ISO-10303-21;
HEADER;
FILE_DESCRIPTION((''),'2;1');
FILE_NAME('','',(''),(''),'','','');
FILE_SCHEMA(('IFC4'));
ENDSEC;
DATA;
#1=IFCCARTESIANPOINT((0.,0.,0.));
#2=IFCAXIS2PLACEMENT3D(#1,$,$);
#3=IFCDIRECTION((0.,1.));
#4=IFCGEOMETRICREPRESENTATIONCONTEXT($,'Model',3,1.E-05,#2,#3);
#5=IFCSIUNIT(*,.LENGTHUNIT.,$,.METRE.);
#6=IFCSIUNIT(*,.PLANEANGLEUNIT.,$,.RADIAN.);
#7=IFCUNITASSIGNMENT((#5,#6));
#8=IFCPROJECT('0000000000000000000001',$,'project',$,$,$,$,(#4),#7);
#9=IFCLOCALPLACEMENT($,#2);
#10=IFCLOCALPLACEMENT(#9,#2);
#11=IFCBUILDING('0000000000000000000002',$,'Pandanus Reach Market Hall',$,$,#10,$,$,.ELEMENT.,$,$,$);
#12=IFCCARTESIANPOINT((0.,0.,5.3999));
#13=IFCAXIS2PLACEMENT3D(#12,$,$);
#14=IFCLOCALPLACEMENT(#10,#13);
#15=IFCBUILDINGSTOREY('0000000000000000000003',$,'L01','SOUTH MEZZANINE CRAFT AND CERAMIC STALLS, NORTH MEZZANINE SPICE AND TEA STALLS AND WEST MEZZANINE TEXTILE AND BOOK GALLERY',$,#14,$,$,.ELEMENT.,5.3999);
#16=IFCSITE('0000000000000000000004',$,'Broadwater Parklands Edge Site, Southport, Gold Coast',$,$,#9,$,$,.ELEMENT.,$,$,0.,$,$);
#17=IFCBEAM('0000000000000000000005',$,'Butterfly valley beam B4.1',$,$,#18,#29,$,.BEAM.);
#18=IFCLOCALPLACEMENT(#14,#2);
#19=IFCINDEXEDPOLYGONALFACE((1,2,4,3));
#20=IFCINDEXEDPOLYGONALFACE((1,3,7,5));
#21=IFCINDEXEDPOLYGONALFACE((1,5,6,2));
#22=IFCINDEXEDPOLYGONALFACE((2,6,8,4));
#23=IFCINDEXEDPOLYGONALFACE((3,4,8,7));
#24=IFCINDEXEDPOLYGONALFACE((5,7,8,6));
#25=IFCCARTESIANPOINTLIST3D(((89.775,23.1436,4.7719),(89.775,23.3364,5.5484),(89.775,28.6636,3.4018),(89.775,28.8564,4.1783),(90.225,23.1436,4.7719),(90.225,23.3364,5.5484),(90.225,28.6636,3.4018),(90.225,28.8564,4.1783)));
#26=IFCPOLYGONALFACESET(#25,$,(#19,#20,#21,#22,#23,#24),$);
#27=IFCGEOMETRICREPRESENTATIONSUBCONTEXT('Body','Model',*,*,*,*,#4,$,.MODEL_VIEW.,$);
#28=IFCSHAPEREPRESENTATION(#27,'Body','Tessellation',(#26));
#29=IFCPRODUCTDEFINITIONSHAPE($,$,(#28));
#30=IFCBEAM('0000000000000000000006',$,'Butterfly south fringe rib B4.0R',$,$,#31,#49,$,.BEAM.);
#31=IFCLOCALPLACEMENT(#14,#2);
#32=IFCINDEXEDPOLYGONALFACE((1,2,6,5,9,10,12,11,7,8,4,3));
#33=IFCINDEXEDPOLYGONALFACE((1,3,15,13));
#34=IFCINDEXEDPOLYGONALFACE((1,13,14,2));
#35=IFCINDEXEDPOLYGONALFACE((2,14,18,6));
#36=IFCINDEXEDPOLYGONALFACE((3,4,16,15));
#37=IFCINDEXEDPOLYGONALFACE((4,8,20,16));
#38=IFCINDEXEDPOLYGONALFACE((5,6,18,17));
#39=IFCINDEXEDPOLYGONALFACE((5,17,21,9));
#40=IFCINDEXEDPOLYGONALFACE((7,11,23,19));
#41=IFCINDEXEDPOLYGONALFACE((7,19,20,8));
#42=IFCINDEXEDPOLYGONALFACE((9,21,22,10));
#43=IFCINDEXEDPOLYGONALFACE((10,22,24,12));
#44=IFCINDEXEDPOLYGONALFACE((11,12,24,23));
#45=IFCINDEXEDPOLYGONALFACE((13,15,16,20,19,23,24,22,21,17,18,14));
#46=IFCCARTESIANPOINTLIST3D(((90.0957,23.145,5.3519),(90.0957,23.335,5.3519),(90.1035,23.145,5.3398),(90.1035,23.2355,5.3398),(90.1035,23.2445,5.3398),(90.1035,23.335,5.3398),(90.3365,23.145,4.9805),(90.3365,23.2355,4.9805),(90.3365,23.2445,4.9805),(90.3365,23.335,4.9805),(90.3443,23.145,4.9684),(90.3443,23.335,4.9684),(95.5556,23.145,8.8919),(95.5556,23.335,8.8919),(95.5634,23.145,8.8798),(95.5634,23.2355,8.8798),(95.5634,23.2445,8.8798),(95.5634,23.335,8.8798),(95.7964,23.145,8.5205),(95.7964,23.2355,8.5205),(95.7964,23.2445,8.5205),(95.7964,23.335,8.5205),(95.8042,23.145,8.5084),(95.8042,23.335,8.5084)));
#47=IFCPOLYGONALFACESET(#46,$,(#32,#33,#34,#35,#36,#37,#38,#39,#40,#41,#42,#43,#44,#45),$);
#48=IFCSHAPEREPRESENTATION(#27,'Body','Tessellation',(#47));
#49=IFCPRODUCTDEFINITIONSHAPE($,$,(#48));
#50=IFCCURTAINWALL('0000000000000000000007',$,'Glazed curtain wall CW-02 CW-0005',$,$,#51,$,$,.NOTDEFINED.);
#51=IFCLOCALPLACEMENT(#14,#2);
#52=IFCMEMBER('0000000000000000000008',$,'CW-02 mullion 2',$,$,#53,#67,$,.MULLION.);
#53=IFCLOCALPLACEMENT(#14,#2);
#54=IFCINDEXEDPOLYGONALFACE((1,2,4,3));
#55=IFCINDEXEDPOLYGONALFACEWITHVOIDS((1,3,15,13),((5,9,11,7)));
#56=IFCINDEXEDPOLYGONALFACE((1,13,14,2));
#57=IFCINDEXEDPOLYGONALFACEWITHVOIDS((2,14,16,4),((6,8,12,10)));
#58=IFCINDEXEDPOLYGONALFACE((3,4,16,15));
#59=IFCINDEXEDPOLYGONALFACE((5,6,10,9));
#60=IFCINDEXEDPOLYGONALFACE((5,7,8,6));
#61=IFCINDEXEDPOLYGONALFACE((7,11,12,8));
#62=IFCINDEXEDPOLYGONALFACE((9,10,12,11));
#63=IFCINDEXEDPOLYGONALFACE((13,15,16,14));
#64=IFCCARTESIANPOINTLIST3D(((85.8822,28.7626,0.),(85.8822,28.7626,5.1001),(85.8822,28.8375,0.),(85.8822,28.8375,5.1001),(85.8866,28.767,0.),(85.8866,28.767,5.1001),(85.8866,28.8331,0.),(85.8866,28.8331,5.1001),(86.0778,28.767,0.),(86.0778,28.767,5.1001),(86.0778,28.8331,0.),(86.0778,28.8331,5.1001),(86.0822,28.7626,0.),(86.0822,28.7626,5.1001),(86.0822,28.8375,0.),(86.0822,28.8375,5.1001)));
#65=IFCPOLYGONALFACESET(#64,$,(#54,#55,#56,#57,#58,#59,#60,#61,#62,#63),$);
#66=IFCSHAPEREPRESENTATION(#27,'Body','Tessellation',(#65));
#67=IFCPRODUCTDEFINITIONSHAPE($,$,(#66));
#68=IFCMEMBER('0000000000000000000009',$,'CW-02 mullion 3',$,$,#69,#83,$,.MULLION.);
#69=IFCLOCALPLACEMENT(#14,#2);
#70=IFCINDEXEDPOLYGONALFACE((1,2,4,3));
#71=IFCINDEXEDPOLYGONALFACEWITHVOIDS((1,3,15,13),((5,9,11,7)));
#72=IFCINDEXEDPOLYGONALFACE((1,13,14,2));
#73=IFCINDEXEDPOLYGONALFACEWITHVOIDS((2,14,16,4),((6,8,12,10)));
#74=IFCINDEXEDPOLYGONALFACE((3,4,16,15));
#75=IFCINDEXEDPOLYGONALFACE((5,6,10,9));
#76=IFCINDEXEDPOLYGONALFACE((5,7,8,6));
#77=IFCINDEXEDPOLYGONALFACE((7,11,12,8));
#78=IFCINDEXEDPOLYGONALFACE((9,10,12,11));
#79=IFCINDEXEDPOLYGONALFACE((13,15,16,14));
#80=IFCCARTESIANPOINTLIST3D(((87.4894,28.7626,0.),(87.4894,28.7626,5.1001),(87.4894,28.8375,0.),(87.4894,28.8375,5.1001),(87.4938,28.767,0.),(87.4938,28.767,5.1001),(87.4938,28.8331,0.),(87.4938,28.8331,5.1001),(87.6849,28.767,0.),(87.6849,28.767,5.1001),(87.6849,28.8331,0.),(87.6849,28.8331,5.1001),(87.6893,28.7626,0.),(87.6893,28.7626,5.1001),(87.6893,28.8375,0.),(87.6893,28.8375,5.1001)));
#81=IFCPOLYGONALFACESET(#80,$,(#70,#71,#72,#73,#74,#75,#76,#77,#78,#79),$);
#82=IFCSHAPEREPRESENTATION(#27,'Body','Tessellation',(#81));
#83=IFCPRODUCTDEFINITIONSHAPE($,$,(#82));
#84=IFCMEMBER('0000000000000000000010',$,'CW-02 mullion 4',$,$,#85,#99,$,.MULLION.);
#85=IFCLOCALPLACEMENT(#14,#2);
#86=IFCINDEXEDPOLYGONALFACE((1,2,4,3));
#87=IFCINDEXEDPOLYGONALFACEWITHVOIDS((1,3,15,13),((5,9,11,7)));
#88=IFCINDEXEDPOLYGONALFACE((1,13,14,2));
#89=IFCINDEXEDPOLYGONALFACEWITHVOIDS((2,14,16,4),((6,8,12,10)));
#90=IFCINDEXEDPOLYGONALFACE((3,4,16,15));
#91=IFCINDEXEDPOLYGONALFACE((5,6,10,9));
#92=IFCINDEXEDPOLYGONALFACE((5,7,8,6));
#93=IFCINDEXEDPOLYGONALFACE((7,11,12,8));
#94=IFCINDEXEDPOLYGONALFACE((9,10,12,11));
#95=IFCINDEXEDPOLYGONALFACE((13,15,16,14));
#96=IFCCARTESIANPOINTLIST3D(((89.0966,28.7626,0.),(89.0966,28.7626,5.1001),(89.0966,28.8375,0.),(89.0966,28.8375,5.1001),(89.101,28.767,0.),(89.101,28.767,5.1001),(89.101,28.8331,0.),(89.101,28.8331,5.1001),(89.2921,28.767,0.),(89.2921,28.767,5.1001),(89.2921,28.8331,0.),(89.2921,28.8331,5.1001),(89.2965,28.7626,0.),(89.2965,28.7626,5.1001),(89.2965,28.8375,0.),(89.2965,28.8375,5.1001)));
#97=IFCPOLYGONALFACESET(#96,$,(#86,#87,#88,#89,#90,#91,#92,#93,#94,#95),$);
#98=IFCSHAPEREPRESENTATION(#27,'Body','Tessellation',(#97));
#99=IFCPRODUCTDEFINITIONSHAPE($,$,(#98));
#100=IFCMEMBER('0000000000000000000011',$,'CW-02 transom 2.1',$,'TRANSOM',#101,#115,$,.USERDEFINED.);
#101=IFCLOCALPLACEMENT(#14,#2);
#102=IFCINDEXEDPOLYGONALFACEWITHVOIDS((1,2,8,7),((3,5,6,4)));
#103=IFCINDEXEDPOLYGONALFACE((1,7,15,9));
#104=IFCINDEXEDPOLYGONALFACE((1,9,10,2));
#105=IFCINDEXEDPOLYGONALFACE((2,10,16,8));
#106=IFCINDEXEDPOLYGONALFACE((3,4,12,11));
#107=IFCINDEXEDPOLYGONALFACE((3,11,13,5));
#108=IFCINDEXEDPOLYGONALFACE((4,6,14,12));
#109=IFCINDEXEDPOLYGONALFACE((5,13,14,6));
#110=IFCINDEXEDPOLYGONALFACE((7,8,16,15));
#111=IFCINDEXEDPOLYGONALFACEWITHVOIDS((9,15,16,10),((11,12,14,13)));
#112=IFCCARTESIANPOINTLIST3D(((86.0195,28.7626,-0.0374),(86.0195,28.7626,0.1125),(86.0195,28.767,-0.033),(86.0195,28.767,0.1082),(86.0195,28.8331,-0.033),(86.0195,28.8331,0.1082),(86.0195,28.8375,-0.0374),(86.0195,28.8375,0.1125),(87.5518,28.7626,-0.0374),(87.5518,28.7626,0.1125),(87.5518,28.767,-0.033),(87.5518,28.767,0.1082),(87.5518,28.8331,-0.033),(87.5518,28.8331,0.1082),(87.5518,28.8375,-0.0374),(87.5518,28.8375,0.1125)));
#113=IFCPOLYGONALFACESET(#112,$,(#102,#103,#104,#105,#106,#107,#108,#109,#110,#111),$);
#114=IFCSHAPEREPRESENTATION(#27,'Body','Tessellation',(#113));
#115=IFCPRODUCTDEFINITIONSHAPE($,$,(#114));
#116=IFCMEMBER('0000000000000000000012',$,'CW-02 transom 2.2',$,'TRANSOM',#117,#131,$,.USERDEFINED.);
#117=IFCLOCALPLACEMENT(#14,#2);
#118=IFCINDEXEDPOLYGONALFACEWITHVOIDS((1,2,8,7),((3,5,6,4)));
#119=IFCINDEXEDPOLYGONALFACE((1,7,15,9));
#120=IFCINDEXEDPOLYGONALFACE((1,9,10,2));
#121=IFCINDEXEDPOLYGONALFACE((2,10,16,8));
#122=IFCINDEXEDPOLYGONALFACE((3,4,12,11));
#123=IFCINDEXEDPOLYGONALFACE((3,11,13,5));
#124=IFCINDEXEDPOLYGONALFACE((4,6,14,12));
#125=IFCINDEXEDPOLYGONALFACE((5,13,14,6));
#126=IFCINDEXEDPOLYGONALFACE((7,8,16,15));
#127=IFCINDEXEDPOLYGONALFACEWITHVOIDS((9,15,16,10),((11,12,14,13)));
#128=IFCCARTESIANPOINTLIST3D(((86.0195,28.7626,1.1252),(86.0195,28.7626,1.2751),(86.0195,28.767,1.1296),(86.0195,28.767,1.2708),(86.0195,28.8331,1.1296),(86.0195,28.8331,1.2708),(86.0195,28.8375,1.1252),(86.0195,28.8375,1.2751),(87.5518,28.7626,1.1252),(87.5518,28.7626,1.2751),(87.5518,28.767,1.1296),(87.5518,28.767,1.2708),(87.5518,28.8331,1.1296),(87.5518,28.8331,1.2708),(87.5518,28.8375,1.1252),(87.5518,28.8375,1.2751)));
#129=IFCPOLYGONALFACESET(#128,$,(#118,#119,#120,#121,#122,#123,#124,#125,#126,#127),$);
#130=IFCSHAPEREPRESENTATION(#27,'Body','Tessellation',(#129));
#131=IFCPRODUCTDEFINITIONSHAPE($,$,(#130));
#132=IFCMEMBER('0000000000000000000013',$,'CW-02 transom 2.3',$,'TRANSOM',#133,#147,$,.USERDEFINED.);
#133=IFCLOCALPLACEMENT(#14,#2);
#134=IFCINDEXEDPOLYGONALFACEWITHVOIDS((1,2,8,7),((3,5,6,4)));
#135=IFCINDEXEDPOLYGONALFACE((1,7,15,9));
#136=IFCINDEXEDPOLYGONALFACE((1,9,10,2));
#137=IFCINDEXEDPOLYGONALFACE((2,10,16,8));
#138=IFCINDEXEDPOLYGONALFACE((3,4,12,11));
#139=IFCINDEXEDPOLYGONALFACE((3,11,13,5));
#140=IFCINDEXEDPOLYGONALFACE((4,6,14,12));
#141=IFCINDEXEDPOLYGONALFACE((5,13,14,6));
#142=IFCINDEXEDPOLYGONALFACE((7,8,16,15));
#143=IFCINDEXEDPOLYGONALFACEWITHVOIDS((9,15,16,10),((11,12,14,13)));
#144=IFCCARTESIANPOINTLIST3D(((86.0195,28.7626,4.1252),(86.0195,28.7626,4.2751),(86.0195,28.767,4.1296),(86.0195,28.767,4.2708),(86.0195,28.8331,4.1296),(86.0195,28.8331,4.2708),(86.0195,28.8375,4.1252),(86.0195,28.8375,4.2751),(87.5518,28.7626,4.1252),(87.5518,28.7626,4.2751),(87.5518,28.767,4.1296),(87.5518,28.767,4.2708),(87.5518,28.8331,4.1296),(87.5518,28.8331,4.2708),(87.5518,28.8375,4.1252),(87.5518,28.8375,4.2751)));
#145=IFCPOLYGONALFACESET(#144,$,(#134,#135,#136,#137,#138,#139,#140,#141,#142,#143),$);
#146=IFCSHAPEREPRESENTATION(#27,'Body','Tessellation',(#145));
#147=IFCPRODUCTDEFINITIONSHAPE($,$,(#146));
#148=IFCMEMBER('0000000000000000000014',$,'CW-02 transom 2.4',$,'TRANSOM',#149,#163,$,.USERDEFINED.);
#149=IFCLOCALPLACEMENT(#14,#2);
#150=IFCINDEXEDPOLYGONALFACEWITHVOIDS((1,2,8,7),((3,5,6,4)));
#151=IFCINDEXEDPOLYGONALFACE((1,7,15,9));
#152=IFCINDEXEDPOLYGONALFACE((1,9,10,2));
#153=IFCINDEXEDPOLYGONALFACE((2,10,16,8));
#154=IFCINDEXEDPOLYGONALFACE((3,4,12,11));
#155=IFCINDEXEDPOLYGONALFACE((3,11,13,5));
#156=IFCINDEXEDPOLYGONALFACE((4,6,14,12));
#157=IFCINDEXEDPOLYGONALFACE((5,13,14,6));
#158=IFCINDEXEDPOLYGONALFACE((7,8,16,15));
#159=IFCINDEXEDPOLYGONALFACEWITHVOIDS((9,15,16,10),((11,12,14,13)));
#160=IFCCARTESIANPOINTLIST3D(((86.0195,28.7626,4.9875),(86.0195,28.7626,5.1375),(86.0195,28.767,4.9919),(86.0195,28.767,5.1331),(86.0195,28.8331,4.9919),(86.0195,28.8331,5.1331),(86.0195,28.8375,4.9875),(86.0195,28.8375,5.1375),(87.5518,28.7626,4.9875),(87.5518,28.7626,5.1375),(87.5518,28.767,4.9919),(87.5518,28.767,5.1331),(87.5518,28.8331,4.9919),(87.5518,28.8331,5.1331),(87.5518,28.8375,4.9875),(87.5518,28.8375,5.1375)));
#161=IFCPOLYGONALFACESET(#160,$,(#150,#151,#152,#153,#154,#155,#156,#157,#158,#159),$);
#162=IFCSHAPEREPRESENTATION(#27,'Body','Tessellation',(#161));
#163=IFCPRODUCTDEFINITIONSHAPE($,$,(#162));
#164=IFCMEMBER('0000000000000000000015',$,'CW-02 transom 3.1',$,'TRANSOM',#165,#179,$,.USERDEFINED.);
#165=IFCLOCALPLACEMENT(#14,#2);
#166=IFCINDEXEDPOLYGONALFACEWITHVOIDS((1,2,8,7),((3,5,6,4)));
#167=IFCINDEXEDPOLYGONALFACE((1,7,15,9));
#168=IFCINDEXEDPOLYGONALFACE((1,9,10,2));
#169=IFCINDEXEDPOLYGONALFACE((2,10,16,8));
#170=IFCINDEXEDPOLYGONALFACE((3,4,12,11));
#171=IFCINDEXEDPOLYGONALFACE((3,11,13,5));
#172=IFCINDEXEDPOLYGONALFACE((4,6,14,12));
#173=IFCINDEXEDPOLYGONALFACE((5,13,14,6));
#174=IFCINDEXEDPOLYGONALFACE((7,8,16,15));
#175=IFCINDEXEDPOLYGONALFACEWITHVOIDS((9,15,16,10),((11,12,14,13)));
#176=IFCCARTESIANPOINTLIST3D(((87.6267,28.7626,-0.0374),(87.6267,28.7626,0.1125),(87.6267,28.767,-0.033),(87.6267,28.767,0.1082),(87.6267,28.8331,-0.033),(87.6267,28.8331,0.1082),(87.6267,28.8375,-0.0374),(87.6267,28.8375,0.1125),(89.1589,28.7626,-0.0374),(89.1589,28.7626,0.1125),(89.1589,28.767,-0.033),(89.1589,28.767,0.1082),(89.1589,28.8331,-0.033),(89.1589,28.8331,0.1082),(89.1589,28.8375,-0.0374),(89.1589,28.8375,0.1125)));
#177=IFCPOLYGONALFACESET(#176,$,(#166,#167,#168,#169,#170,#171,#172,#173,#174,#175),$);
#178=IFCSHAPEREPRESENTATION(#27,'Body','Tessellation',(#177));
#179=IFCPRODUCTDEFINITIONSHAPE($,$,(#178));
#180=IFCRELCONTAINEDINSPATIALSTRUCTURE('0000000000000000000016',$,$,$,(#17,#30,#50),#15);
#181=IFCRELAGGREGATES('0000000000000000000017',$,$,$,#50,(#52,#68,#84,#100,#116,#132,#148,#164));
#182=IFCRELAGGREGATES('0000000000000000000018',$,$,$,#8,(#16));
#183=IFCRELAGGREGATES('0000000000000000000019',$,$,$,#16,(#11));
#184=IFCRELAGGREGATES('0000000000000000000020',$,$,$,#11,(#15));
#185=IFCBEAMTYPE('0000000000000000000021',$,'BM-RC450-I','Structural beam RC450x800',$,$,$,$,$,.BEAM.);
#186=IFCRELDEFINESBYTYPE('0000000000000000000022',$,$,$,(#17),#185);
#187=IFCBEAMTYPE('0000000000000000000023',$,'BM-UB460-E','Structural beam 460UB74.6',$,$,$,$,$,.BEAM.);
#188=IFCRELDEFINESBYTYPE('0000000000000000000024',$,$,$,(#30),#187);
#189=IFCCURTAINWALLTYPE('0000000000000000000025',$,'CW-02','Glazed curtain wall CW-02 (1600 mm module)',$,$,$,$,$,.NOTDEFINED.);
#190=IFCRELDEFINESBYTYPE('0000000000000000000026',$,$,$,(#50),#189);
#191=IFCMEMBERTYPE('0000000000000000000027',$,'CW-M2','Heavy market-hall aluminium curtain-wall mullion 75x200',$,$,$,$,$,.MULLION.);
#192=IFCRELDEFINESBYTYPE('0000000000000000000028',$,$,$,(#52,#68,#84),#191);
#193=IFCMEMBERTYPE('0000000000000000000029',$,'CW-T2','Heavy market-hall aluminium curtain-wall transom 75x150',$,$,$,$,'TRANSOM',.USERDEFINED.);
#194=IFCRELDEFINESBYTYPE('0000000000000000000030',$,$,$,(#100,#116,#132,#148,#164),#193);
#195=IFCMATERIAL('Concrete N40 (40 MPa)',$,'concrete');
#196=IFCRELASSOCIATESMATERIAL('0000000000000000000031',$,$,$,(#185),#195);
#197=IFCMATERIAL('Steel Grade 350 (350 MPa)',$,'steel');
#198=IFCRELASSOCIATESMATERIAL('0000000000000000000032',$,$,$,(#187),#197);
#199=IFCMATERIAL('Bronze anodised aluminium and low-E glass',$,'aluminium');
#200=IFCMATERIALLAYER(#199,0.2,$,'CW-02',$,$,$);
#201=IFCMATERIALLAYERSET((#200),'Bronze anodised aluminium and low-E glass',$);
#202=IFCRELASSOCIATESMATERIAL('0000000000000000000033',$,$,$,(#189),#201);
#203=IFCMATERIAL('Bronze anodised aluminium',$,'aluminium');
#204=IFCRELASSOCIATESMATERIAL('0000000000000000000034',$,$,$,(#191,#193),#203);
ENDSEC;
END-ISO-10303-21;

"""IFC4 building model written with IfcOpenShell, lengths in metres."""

from ifc_helpers import new_model, si_unit, direction, frame, origin, origin_2d, place, context, subcontext, project, spatial, rectangle, hollow_rectangle, i_section, extrude, material, layer, layer_set, material_profile, profile_set, type_object, element, aggregate, save


model = new_model("IFC4")

# Units and contexts
model_context = context("Model", 3, precision=1e-05, world=origin(), true_north=direction((0.0, 1.0)))
body_context = subcontext(model_context, "Body", "Model", "MODEL_VIEW")
ifc_project = project(units=[si_unit("LENGTHUNIT", "METRE"), si_unit("PLANEANGLEUNIT", "RADIAN")], contexts=[model_context])

# Site, building, storey
site_placement = place(None, origin())
site = spatial("IfcSite", under=ifc_project, at=site_placement, Name="Broadwater Parklands Edge Site, Southport, Gold Coast", CompositionType="ELEMENT", RefElevation=0.0)
building_placement = place(site_placement, origin())
building = spatial("IfcBuilding", under=site, at=building_placement, Name="Pandanus Reach Market Hall", CompositionType="ELEMENT")
storey_placement = place(building_placement, frame((0.0, 0.0, 5.3999)))
storey = spatial("IfcBuildingStorey", under=building, at=storey_placement, Name="L01", Description="SOUTH MEZZANINE CRAFT AND CERAMIC STALLS, NORTH MEZZANINE SPICE AND TEA STALLS AND WEST MEZZANINE TEXTILE AND BOOK GALLERY", CompositionType="ELEMENT", Elevation=5.3999)

# Beams
ifc_material_1 = material(Name="Concrete N40 (40 MPa)", Category="concrete")
ifc_material_profile_1 = material_profile(ifc_material_1, rectangle(XDim=0.45, YDim=0.8, at=origin_2d()), Name="RC450x800", Category="LoadBearing")
ifc_profile_set_1 = profile_set([ifc_material_profile_1], Name="Concrete N40 (40 MPa)")
beam_type_1 = type_object("IfcBeamType", Name="BM-RC450-I", Description="Structural beam RC450x800", PredefinedType="BEAM", material=ifc_profile_set_1)
beam_1_placement = place(storey_placement, frame((90.0, 23.24, 5.1602), z_axis=(0.0, 0.97055, -0.240899), x_axis=(-1.0, 0.0, 0.0)))
element("IfcBeam", 1, at=beam_1_placement, inside=storey, type_object=beam_type_1, Name="Butterfly valley beam B4.1", PredefinedType="BEAM", context=body_context, shape_type="SweptSolid", body=[
    extrude(rectangle(XDim=0.45, YDim=0.8, at=origin_2d()), origin(), (0.0, 0.0, 1.0), 5.6875),
])
ifc_material_2 = material(Name="Steel Grade 350 (350 MPa)", Category="steel")
ifc_material_profile_2 = material_profile(ifc_material_2, i_section(OverallWidth=0.1899, OverallDepth=0.457, WebThickness=0.009, FlangeThickness=0.0144, at=origin_2d()), Name="460UB74.6", Category="LoadBearing")
ifc_profile_set_2 = profile_set([ifc_material_profile_2], Name="Steel Grade 350 (350 MPa)")
beam_type_2 = type_object("IfcBeamType", Name="BM-UB460-E", Description="Structural beam 460UB74.6", PredefinedType="BEAM", material=ifc_profile_set_2)
beam_2_placement = place(storey_placement, frame((90.22, 23.24, 5.1602), z_axis=(0.839071, 0.0, 0.544023), x_axis=(0.0, 1.0, 0.0)))
element("IfcBeam", 2, at=beam_2_placement, inside=storey, type_object=beam_type_2, Name="Butterfly south fringe rib B4.0R", PredefinedType="BEAM", context=body_context, shape_type="SweptSolid", body=[
    extrude(i_section(OverallWidth=0.1899, OverallDepth=0.457, WebThickness=0.009, FlangeThickness=0.0144, at=origin_2d()), origin(), (0.0, 0.0, 1.0), 6.5071),
])

# Curtain wall, members
ifc_material_3 = material(Name="Bronze anodised aluminium and low-E glass", Category="aluminium")
ifc_layer_1 = layer(ifc_material_3, 0.2, Name="CW-02")
ifc_layer_set_1 = layer_set([ifc_layer_1], Name="Bronze anodised aluminium and low-E glass")
curtain_wall_type = type_object("IfcCurtainWallType", Name="CW-02", Description="Glazed curtain wall CW-02 (1600 mm module)", PredefinedType="NOTDEFINED", material=ifc_layer_set_1)
curtain_wall_placement = place(storey_placement, origin())
curtain_wall = element("IfcCurtainWall", 3, at=curtain_wall_placement, inside=storey, type_object=curtain_wall_type, Name="Glazed curtain wall CW-02 CW-0005", PredefinedType="NOTDEFINED")
ifc_material_4 = material(Name="Bronze anodised aluminium", Category="aluminium")
ifc_material_profile_3 = material_profile(ifc_material_4, hollow_rectangle(XDim=0.075, YDim=0.2, WallThickness=0.0044, at=origin_2d()), Name="ALU75x200", Category="LoadBearing")
ifc_profile_set_3 = profile_set([ifc_material_profile_3], Name="Bronze anodised aluminium")
member_type_1 = type_object("IfcMemberType", Name="CW-M2", Description="Heavy market-hall aluminium curtain-wall mullion 75x200", PredefinedType="MULLION", material=ifc_profile_set_3)
member_1_placement = place(storey_placement, frame((85.9822, 28.8, 0.0), z_axis=(0.0, 0.0, 1.0), x_axis=(0.0, 1.0, 0.0)))
member_1 = element("IfcMember", 4, at=member_1_placement, type_object=member_type_1, Name="CW-02 mullion 2", PredefinedType="MULLION", context=body_context, shape_type="SweptSolid", body=[
    extrude(hollow_rectangle(XDim=0.075, YDim=0.2, WallThickness=0.0044, at=origin_2d()), origin(), (0.0, 0.0, 1.0), 5.1001),
])
member_2_placement = place(storey_placement, frame((87.5894, 28.8, 0.0), z_axis=(0.0, 0.0, 1.0), x_axis=(0.0, 1.0, 0.0)))
member_2 = element("IfcMember", 5, at=member_2_placement, type_object=member_type_1, Name="CW-02 mullion 3", PredefinedType="MULLION", context=body_context, shape_type="SweptSolid", body=[
    extrude(hollow_rectangle(XDim=0.075, YDim=0.2, WallThickness=0.0044, at=origin_2d()), origin(), (0.0, 0.0, 1.0), 5.1001),
])
member_3_placement = place(storey_placement, frame((89.1965, 28.8, 0.0), z_axis=(0.0, 0.0, 1.0), x_axis=(0.0, 1.0, 0.0)))
member_3 = element("IfcMember", 6, at=member_3_placement, type_object=member_type_1, Name="CW-02 mullion 4", PredefinedType="MULLION", context=body_context, shape_type="SweptSolid", body=[
    extrude(hollow_rectangle(XDim=0.075, YDim=0.2, WallThickness=0.0044, at=origin_2d()), origin(), (0.0, 0.0, 1.0), 5.1001),
])
ifc_material_profile_4 = material_profile(ifc_material_4, hollow_rectangle(XDim=0.075, YDim=0.1499, WallThickness=0.0044, at=origin_2d()), Name="ALU75x150", Category="LoadBearing")
ifc_profile_set_4 = profile_set([ifc_material_profile_4], Name="Bronze anodised aluminium")
member_type_2 = type_object("IfcMemberType", Name="CW-T2", Description="Heavy market-hall aluminium curtain-wall transom 75x150", ElementType="TRANSOM", PredefinedType="USERDEFINED", material=ifc_profile_set_4)
member_4_placement = place(storey_placement, frame((86.0195, 28.8, 0.0376), z_axis=(1.0, 0.0, 0.0), x_axis=(0.0, 1.0, 0.0)))
member_4 = element("IfcMember", 7, at=member_4_placement, type_object=member_type_2, Name="CW-02 transom 2.1", ObjectType="TRANSOM", PredefinedType="USERDEFINED", context=body_context, shape_type="SweptSolid", body=[
    extrude(hollow_rectangle(XDim=0.075, YDim=0.1499, WallThickness=0.0044, at=origin_2d()), origin(), (0.0, 0.0, 1.0), 1.5322),
])
member_5_placement = place(storey_placement, frame((86.0195, 28.8, 1.2002), z_axis=(1.0, 0.0, 0.0), x_axis=(0.0, 1.0, 0.0)))
member_5 = element("IfcMember", 8, at=member_5_placement, type_object=member_type_2, Name="CW-02 transom 2.2", ObjectType="TRANSOM", PredefinedType="USERDEFINED", context=body_context, shape_type="SweptSolid", body=[
    extrude(hollow_rectangle(XDim=0.075, YDim=0.1499, WallThickness=0.0044, at=origin_2d()), origin(), (0.0, 0.0, 1.0), 1.5322),
])
member_6_placement = place(storey_placement, frame((86.0195, 28.8, 4.2002), z_axis=(1.0, 0.0, 0.0), x_axis=(0.0, 1.0, 0.0)))
member_6 = element("IfcMember", 9, at=member_6_placement, type_object=member_type_2, Name="CW-02 transom 2.3", ObjectType="TRANSOM", PredefinedType="USERDEFINED", context=body_context, shape_type="SweptSolid", body=[
    extrude(hollow_rectangle(XDim=0.075, YDim=0.1499, WallThickness=0.0044, at=origin_2d()), origin(), (0.0, 0.0, 1.0), 1.5322),
])
member_7_placement = place(storey_placement, frame((86.0195, 28.8, 5.0625), z_axis=(1.0, 0.0, 0.0), x_axis=(0.0, 1.0, 0.0)))
member_7 = element("IfcMember", 10, at=member_7_placement, type_object=member_type_2, Name="CW-02 transom 2.4", ObjectType="TRANSOM", PredefinedType="USERDEFINED", context=body_context, shape_type="SweptSolid", body=[
    extrude(hollow_rectangle(XDim=0.075, YDim=0.1499, WallThickness=0.0044, at=origin_2d()), origin(), (0.0, 0.0, 1.0), 1.5322),
])
member_8_placement = place(storey_placement, frame((87.6267, 28.8, 0.0376), z_axis=(1.0, 0.0, 0.0), x_axis=(0.0, 1.0, 0.0)))
member_8 = element("IfcMember", 11, at=member_8_placement, type_object=member_type_2, Name="CW-02 transom 3.1", ObjectType="TRANSOM", PredefinedType="USERDEFINED", context=body_context, shape_type="SweptSolid", body=[
    extrude(hollow_rectangle(XDim=0.075, YDim=0.1499, WallThickness=0.0044, at=origin_2d()), origin(), (0.0, 0.0, 1.0), 1.5322),
])
aggregate(curtain_wall, [member_1, member_2, member_3, member_4, member_5, member_6, member_7, member_8])

save(model, "model.ifc")
